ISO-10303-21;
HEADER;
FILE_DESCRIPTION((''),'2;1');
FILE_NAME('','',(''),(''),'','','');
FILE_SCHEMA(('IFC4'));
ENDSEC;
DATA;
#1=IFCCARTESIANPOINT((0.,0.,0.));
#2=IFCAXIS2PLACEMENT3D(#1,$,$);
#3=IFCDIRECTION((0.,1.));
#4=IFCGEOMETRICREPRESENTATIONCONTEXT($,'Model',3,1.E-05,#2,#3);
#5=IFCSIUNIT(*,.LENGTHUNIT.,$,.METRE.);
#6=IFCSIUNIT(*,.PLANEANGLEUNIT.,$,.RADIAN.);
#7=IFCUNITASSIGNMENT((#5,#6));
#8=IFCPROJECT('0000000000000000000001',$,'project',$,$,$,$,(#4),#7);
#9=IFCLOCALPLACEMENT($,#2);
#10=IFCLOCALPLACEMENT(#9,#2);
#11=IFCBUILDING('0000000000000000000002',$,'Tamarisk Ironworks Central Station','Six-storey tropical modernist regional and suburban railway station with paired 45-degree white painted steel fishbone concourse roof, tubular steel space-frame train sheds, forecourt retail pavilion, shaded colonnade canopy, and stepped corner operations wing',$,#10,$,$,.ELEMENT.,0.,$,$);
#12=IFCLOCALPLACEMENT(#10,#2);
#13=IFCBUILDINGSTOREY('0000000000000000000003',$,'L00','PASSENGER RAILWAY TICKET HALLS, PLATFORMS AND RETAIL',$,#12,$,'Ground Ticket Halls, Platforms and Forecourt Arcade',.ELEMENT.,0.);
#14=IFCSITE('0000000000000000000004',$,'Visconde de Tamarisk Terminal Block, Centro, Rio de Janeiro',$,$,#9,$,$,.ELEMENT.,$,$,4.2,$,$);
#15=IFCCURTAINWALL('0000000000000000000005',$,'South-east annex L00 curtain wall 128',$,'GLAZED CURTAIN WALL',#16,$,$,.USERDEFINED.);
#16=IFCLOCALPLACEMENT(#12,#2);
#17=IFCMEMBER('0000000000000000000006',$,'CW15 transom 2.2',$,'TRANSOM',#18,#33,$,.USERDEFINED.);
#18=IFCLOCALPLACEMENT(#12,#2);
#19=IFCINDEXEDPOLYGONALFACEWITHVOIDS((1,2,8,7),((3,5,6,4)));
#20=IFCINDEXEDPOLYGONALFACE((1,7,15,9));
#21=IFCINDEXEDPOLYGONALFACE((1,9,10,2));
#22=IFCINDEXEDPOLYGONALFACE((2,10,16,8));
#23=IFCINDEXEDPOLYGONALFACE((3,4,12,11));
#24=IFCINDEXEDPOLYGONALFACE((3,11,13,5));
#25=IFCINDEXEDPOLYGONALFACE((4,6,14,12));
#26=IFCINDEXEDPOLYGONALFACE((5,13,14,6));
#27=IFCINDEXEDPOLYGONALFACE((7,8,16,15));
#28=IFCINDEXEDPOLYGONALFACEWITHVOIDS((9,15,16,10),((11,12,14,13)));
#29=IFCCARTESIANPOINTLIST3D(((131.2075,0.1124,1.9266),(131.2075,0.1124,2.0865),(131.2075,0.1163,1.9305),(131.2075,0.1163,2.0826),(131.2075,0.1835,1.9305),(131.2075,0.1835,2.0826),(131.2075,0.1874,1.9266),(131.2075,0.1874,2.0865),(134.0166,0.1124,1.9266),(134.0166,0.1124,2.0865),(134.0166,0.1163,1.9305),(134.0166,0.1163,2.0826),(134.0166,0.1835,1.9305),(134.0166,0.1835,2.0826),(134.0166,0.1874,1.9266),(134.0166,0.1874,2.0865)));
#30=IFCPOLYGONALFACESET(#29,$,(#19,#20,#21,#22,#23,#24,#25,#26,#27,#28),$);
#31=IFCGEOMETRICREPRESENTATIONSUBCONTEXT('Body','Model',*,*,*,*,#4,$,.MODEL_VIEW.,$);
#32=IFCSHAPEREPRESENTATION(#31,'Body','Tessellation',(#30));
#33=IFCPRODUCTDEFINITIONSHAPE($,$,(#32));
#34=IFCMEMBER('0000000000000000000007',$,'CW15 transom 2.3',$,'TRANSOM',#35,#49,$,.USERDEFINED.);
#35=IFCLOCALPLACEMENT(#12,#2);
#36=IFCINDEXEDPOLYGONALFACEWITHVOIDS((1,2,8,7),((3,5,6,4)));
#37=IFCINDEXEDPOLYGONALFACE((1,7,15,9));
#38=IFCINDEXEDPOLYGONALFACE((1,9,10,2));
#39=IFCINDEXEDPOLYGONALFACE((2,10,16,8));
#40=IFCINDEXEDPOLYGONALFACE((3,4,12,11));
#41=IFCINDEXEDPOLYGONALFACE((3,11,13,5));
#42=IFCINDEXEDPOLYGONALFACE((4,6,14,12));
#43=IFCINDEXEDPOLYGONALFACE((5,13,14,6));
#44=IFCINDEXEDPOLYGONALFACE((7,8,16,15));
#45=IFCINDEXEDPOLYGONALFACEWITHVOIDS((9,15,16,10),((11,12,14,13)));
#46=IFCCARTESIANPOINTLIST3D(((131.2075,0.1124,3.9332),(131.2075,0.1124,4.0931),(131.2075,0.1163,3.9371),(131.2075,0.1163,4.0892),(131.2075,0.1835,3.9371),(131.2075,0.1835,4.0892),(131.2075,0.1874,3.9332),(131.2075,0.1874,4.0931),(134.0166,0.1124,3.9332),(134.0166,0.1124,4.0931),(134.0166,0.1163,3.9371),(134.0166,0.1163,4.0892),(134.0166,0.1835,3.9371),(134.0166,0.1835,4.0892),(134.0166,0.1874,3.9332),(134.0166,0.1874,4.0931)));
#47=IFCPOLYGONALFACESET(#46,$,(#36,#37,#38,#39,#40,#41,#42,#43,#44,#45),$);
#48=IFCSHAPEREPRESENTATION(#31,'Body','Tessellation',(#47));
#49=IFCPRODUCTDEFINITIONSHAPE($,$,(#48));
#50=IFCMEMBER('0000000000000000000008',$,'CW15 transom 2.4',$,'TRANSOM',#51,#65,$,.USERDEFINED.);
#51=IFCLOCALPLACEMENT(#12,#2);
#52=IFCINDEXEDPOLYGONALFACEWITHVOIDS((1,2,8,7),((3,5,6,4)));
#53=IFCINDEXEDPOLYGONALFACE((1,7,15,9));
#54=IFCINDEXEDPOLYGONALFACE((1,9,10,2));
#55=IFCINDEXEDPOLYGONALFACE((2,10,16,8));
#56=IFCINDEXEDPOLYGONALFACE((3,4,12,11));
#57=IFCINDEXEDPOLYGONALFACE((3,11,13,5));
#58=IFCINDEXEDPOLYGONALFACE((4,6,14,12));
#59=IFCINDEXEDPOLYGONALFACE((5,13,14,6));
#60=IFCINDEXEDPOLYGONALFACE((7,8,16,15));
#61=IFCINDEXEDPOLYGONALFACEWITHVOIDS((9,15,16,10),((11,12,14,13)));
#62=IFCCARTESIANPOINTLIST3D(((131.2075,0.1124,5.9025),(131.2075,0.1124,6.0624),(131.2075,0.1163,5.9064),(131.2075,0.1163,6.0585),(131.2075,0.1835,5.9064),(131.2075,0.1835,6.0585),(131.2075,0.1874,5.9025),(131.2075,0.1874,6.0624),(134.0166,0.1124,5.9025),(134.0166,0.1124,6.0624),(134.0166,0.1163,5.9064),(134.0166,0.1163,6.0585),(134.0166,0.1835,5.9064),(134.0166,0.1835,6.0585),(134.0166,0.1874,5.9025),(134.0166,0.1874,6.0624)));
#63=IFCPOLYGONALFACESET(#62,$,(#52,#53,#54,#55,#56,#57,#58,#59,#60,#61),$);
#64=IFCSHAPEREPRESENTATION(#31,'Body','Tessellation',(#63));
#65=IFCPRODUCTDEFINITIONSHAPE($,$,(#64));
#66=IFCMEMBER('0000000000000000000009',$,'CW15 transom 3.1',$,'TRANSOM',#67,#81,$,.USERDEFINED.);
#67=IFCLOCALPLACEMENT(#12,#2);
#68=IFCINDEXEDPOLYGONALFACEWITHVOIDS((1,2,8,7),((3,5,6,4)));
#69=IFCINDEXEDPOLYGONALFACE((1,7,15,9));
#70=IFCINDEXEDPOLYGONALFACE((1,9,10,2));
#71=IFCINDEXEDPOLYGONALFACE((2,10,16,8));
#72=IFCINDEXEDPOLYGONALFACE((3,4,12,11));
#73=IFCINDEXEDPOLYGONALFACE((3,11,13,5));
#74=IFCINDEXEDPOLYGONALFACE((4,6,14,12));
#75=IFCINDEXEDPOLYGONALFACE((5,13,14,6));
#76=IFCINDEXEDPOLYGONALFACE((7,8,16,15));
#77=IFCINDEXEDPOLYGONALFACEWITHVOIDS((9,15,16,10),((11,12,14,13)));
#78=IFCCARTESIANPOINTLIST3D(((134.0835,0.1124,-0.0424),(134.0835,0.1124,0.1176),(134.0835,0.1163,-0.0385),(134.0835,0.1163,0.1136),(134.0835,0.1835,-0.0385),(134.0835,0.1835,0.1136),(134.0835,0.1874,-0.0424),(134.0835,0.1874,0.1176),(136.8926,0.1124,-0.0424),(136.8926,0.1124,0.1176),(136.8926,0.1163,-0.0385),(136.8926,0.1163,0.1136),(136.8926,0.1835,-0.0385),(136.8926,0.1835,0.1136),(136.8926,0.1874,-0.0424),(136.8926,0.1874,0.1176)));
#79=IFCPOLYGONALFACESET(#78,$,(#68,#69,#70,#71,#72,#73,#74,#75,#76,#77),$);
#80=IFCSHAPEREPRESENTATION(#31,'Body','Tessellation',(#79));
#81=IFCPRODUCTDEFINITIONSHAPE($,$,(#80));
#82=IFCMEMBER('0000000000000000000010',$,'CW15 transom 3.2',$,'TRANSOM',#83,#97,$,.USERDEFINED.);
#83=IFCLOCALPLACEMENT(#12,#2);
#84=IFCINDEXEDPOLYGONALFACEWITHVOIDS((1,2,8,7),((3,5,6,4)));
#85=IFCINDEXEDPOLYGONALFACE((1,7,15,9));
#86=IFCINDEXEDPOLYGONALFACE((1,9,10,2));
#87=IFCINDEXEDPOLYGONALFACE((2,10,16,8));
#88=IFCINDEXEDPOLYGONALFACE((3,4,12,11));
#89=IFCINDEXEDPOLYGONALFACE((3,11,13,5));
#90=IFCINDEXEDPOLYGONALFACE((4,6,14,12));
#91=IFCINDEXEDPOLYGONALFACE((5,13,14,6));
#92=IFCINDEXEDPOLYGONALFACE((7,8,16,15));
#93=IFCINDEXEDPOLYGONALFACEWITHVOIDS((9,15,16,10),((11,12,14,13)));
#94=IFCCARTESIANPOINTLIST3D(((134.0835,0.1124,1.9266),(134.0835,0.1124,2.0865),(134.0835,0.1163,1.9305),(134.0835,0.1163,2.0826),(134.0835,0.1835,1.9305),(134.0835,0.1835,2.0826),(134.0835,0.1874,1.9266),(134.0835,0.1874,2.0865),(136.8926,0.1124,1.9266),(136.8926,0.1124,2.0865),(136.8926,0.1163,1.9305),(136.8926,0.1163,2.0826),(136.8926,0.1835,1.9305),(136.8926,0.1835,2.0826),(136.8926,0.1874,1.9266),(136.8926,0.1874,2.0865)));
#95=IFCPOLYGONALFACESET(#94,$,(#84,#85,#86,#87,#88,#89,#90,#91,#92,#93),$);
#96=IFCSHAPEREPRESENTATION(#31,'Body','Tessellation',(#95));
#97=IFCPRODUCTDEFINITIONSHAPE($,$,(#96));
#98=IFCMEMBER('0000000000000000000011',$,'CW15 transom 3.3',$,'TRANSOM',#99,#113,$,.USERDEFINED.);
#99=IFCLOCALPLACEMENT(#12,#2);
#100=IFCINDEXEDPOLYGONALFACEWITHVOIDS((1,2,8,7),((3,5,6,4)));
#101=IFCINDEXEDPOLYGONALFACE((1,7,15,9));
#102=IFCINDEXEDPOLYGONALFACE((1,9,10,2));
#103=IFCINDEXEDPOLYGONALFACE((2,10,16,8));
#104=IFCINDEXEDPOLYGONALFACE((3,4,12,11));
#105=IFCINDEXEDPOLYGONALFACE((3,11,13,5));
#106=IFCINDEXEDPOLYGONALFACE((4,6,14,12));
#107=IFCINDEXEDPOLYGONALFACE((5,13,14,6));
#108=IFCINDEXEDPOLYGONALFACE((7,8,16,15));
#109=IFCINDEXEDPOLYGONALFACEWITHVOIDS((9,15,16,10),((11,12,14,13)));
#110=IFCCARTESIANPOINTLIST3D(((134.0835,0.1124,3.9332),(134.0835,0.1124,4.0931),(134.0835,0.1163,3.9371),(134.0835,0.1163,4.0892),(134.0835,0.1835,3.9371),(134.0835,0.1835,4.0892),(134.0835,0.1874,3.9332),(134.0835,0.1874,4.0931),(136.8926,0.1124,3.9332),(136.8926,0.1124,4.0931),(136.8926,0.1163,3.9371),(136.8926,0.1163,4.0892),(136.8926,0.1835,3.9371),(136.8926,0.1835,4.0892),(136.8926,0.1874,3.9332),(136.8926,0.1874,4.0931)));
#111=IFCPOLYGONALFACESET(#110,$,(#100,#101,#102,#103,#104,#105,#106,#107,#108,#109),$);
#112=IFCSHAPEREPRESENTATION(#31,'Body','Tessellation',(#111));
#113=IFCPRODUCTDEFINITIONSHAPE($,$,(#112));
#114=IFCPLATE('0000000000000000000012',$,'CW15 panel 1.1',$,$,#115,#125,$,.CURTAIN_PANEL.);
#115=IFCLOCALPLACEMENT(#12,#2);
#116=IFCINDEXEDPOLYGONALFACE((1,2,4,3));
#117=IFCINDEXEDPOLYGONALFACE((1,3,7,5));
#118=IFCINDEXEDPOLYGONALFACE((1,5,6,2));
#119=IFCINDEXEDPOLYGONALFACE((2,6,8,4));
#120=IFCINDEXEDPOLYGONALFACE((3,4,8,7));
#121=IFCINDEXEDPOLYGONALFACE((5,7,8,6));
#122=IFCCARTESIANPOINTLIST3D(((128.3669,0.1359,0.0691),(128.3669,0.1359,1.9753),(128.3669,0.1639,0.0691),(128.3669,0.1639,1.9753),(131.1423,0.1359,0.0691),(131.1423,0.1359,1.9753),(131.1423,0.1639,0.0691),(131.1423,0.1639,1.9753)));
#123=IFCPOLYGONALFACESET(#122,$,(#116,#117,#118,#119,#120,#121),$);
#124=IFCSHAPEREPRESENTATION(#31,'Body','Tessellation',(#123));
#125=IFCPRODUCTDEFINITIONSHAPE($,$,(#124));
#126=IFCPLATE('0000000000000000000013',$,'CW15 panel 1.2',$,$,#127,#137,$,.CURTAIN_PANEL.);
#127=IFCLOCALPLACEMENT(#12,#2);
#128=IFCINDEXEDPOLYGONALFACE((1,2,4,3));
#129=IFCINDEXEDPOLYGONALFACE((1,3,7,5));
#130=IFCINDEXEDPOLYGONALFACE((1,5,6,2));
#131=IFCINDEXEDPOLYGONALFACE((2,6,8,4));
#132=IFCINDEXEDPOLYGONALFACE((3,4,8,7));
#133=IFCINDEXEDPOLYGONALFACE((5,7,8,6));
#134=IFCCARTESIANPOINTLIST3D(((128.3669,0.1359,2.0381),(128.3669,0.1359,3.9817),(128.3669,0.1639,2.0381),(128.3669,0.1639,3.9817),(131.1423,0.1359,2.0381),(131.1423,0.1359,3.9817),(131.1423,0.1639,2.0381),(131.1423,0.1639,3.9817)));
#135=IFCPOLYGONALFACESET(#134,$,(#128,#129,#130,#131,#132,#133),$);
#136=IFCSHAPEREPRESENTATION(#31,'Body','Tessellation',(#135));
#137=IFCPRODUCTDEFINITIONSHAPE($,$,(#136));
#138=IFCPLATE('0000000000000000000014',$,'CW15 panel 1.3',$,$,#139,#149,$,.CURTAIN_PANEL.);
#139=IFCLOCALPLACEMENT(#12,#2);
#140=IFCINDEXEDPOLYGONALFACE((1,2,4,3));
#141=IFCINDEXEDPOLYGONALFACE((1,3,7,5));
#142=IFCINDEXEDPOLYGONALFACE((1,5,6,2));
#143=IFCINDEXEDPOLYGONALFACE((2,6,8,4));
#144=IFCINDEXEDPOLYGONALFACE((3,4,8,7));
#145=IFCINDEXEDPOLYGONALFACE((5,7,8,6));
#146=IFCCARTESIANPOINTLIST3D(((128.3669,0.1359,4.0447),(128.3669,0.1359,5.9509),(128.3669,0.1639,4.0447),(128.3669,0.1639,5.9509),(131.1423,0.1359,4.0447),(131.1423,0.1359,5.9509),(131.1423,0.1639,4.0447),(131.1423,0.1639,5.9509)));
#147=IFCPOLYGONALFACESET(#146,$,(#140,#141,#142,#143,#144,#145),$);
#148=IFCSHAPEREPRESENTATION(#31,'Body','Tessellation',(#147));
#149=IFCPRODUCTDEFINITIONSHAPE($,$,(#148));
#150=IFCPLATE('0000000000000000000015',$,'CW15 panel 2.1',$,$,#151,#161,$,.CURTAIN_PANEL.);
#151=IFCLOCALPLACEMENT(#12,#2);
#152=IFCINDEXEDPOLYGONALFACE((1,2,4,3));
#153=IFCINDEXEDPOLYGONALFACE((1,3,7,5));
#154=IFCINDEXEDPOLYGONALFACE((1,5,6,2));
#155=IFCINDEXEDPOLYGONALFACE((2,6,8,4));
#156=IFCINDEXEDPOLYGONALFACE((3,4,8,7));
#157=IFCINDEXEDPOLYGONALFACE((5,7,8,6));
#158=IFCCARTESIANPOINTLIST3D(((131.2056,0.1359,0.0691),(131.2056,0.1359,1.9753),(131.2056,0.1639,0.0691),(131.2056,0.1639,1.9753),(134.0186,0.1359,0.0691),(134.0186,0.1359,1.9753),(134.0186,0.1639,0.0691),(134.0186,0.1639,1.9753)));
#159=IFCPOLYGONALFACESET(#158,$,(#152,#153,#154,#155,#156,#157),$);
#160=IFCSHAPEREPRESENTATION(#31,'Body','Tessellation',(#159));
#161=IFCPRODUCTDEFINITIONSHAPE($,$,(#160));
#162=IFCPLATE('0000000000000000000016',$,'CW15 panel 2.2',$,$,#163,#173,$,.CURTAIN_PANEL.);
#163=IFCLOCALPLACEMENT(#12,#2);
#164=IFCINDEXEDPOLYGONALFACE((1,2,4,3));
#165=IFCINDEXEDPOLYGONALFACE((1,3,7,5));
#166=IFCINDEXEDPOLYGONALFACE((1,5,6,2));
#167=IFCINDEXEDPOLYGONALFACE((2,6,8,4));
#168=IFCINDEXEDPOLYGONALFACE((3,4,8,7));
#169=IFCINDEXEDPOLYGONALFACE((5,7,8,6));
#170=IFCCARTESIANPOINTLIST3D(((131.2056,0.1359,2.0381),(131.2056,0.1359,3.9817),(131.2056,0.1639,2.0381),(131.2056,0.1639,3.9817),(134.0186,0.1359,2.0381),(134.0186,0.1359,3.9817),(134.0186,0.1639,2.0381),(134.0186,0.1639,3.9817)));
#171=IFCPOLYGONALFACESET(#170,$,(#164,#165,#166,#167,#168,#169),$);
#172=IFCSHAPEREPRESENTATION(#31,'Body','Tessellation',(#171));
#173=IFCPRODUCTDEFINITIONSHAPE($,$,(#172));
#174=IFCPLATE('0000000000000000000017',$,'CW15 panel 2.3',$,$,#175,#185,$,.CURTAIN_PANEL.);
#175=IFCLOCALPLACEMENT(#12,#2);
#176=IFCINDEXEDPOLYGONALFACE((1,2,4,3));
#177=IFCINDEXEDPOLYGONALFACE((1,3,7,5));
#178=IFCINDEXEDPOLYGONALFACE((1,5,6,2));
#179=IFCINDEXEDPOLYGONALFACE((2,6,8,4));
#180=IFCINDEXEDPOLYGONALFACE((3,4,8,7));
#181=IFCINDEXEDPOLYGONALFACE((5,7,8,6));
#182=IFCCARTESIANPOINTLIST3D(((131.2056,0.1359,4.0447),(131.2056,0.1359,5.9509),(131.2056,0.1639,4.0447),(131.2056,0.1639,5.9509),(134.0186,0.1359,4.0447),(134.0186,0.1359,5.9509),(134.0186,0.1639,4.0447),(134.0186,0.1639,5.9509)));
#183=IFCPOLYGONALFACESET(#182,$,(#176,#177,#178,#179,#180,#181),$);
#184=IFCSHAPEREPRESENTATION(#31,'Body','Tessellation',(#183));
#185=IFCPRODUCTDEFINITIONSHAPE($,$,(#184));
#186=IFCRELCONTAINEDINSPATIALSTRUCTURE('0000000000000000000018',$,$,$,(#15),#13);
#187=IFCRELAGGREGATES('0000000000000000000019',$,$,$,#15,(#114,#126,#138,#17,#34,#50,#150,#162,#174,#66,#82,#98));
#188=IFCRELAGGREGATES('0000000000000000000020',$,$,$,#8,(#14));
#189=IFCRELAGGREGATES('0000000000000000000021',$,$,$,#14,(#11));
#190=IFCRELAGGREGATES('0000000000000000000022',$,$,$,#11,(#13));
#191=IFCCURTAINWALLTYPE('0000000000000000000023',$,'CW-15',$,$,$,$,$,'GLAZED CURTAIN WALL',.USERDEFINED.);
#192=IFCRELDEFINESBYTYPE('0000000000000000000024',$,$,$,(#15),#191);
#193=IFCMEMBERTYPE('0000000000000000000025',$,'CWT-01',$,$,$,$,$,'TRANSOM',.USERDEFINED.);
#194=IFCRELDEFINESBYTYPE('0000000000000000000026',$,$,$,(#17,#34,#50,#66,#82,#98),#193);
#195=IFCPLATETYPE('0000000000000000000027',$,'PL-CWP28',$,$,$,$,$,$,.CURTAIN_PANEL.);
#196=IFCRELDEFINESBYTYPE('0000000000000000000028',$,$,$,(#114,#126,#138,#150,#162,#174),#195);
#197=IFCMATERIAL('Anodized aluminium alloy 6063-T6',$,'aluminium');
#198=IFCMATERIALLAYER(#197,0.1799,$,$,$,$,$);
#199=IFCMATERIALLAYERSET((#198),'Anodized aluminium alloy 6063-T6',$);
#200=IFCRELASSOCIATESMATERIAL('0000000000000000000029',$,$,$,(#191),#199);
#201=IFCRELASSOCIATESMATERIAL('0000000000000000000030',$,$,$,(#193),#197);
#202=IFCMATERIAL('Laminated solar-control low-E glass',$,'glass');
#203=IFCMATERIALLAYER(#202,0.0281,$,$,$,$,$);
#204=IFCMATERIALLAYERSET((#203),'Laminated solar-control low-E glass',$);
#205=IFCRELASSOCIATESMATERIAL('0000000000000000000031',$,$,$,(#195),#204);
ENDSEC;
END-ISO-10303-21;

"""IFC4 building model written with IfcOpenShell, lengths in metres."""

from ifc_helpers import new_model, si_unit, direction, frame, origin, origin_2d, place, context, subcontext, project, spatial, rectangle, hollow_rectangle, extrude, material, layer, layer_set, material_profile, profile_set, type_object, element, aggregate, save


model = new_model("IFC4")

# Units and contexts
model_context = context("Model", 3, precision=1e-05, world=origin(), true_north=direction((0.0, 1.0)))
body_context = subcontext(model_context, "Body", "Model", "MODEL_VIEW")
ifc_project = project(units=[si_unit("LENGTHUNIT", "METRE"), si_unit("PLANEANGLEUNIT", "RADIAN")], contexts=[model_context])

# Site, building, storey
site_placement = place(None, origin())
site = spatial("IfcSite", under=ifc_project, at=site_placement, Name="Visconde de Tamarisk Terminal Block, Centro, Rio de Janeiro", CompositionType="ELEMENT", RefElevation=4.2)
building_placement = place(site_placement, origin())
building = spatial("IfcBuilding", under=site, at=building_placement, Name="Tamarisk Ironworks Central Station", Description="Six-storey tropical modernist regional and suburban railway station with paired 45-degree white painted steel fishbone concourse roof, tubular steel space-frame train sheds, forecourt retail pavilion, shaded colonnade canopy, and stepped corner operations wing", CompositionType="ELEMENT", ElevationOfRefHeight=0.0)
storey_placement = place(building_placement, origin())
storey = spatial("IfcBuildingStorey", under=building, at=storey_placement, Name="L00", Description="PASSENGER RAILWAY TICKET HALLS, PLATFORMS AND RETAIL", LongName="Ground Ticket Halls, Platforms and Forecourt Arcade", CompositionType="ELEMENT", Elevation=0.0)

# Curtain wall, members, plates
ifc_material_1 = material(Name="Anodized aluminium alloy 6063-T6", Category="aluminium")
ifc_layer_1 = layer(ifc_material_1, 0.1799)
ifc_layer_set_1 = layer_set([ifc_layer_1], Name="Anodized aluminium alloy 6063-T6")
curtain_wall_type = type_object("IfcCurtainWallType", Name="CW-15", ElementType="GLAZED CURTAIN WALL", PredefinedType="USERDEFINED", material=ifc_layer_set_1)
curtain_wall_placement = place(storey_placement, origin())
curtain_wall = element("IfcCurtainWall", 1, at=curtain_wall_placement, inside=storey, type_object=curtain_wall_type, Name="South-east annex L00 curtain wall 128", ObjectType="GLAZED CURTAIN WALL", PredefinedType="USERDEFINED")
ifc_material_profile_1 = material_profile(ifc_material_1, hollow_rectangle(XDim=0.075, YDim=0.1599, WallThickness=0.0039, at=origin_2d()), Name="ALUM 160x75")
ifc_profile_set_1 = profile_set([ifc_material_profile_1], Name="Anodized aluminium alloy 6063-T6")
member_type_1 = type_object("IfcMemberType", Name="CWT-01", ElementType="TRANSOM", PredefinedType="USERDEFINED", material=ifc_profile_set_1)
member_1_placement = place(storey_placement, frame((131.2075, 0.1499, 2.0066), z_axis=(1.0, 0.0, 0.0), x_axis=(0.0, 1.0, 0.0)))
member_1 = element("IfcMember", 2, at=member_1_placement, type_object=member_type_1, Name="CW15 transom 2.2", ObjectType="TRANSOM", PredefinedType="USERDEFINED", context=body_context, shape_type="SweptSolid", body=[
    extrude(hollow_rectangle(XDim=0.075, YDim=0.1599, WallThickness=0.0039, at=origin_2d()), origin(), (0.0, 0.0, 1.0), 2.8091),
])
member_2_placement = place(storey_placement, frame((131.2075, 0.1499, 4.0132), z_axis=(1.0, 0.0, 0.0), x_axis=(0.0, 1.0, 0.0)))
member_2 = element("IfcMember", 3, at=member_2_placement, type_object=member_type_1, Name="CW15 transom 2.3", ObjectType="TRANSOM", PredefinedType="USERDEFINED", context=body_context, shape_type="SweptSolid", body=[
    extrude(hollow_rectangle(XDim=0.075, YDim=0.1599, WallThickness=0.0039, at=origin_2d()), origin(), (0.0, 0.0, 1.0), 2.8091),
])
member_3_placement = place(storey_placement, frame((131.2075, 0.1499, 5.9824), z_axis=(1.0, 0.0, 0.0), x_axis=(0.0, 1.0, 0.0)))
member_3 = element("IfcMember", 4, at=member_3_placement, type_object=member_type_1, Name="CW15 transom 2.4", ObjectType="TRANSOM", PredefinedType="USERDEFINED", context=body_context, shape_type="SweptSolid", body=[
    extrude(hollow_rectangle(XDim=0.075, YDim=0.1599, WallThickness=0.0039, at=origin_2d()), origin(), (0.0, 0.0, 1.0), 2.8091),
])
member_4_placement = place(storey_placement, frame((134.0835, 0.1499, 0.0376), z_axis=(1.0, 0.0, 0.0), x_axis=(0.0, 1.0, 0.0)))
member_4 = element("IfcMember", 5, at=member_4_placement, type_object=member_type_1, Name="CW15 transom 3.1", ObjectType="TRANSOM", PredefinedType="USERDEFINED", context=body_context, shape_type="SweptSolid", body=[
    extrude(hollow_rectangle(XDim=0.075, YDim=0.1599, WallThickness=0.0039, at=origin_2d()), origin(), (0.0, 0.0, 1.0), 2.8091),
])
member_5_placement = place(storey_placement, frame((134.0835, 0.1499, 2.0066), z_axis=(1.0, 0.0, 0.0), x_axis=(0.0, 1.0, 0.0)))
member_5 = element("IfcMember", 6, at=member_5_placement, type_object=member_type_1, Name="CW15 transom 3.2", ObjectType="TRANSOM", PredefinedType="USERDEFINED", context=body_context, shape_type="SweptSolid", body=[
    extrude(hollow_rectangle(XDim=0.075, YDim=0.1599, WallThickness=0.0039, at=origin_2d()), origin(), (0.0, 0.0, 1.0), 2.8091),
])
member_6_placement = place(storey_placement, frame((134.0835, 0.1499, 4.0132), z_axis=(1.0, 0.0, 0.0), x_axis=(0.0, 1.0, 0.0)))
member_6 = element("IfcMember", 7, at=member_6_placement, type_object=member_type_1, Name="CW15 transom 3.3", ObjectType="TRANSOM", PredefinedType="USERDEFINED", context=body_context, shape_type="SweptSolid", body=[
    extrude(hollow_rectangle(XDim=0.075, YDim=0.1599, WallThickness=0.0039, at=origin_2d()), origin(), (0.0, 0.0, 1.0), 2.8091),
])
ifc_material_2 = material(Name="Laminated solar-control low-E glass", Category="glass")
ifc_layer_2 = layer(ifc_material_2, 0.0281)
ifc_layer_set_2 = layer_set([ifc_layer_2], Name="Laminated solar-control low-E glass")
plate_type = type_object("IfcPlateType", Name="PL-CWP28", PredefinedType="CURTAIN_PANEL", material=ifc_layer_set_2)
plate_1_placement = place(storey_placement, frame((129.7546, 0.1499, 0.0691), z_axis=(0.0, 0.0, 1.0), x_axis=(1.0, 0.0, 0.0)))
plate_1 = element("IfcPlate", 8, at=plate_1_placement, type_object=plate_type, Name="CW15 panel 1.1", PredefinedType="CURTAIN_PANEL", context=body_context, shape_type="SweptSolid", body=[
    extrude(rectangle(XDim=2.7754, YDim=0.0281, at=origin_2d()), origin(), (0.0, 0.0, 1.0), 1.9062),
])
plate_2_placement = place(storey_placement, frame((129.7546, 0.1499, 2.0381), z_axis=(0.0, 0.0, 1.0), x_axis=(1.0, 0.0, 0.0)))
plate_2 = element("IfcPlate", 9, at=plate_2_placement, type_object=plate_type, Name="CW15 panel 1.2", PredefinedType="CURTAIN_PANEL", context=body_context, shape_type="SweptSolid", body=[
    extrude(rectangle(XDim=2.7754, YDim=0.0281, at=origin_2d()), origin(), (0.0, 0.0, 1.0), 1.9436),
])
plate_3_placement = place(storey_placement, frame((129.7546, 0.1499, 4.0447), z_axis=(0.0, 0.0, 1.0), x_axis=(1.0, 0.0, 0.0)))
plate_3 = element("IfcPlate", 10, at=plate_3_placement, type_object=plate_type, Name="CW15 panel 1.3", PredefinedType="CURTAIN_PANEL", context=body_context, shape_type="SweptSolid", body=[
    extrude(rectangle(XDim=2.7754, YDim=0.0281, at=origin_2d()), origin(), (0.0, 0.0, 1.0), 1.9062),
])
plate_4_placement = place(storey_placement, frame((132.6121, 0.1499, 0.0691), z_axis=(0.0, 0.0, 1.0), x_axis=(1.0, 0.0, 0.0)))
plate_4 = element("IfcPlate", 11, at=plate_4_placement, type_object=plate_type, Name="CW15 panel 2.1", PredefinedType="CURTAIN_PANEL", context=body_context, shape_type="SweptSolid", body=[
    extrude(rectangle(XDim=2.813, YDim=0.0281, at=origin_2d()), origin(), (0.0, 0.0, 1.0), 1.9062),
])
plate_5_placement = place(storey_placement, frame((132.6121, 0.1499, 2.0381), z_axis=(0.0, 0.0, 1.0), x_axis=(1.0, 0.0, 0.0)))
plate_5 = element("IfcPlate", 12, at=plate_5_placement, type_object=plate_type, Name="CW15 panel 2.2", PredefinedType="CURTAIN_PANEL", context=body_context, shape_type="SweptSolid", body=[
    extrude(rectangle(XDim=2.813, YDim=0.0281, at=origin_2d()), origin(), (0.0, 0.0, 1.0), 1.9436),
])
plate_6_placement = place(storey_placement, frame((132.6121, 0.1499, 4.0447), z_axis=(0.0, 0.0, 1.0), x_axis=(1.0, 0.0, 0.0)))
plate_6 = element("IfcPlate", 13, at=plate_6_placement, type_object=plate_type, Name="CW15 panel 2.3", PredefinedType="CURTAIN_PANEL", context=body_context, shape_type="SweptSolid", body=[
    extrude(rectangle(XDim=2.813, YDim=0.0281, at=origin_2d()), origin(), (0.0, 0.0, 1.0), 1.9062),
])
aggregate(curtain_wall, [plate_1, plate_2, plate_3, member_1, member_2, member_3, plate_4, plate_5, plate_6, member_4, member_5, member_6])

save(model, "model.ifc")
